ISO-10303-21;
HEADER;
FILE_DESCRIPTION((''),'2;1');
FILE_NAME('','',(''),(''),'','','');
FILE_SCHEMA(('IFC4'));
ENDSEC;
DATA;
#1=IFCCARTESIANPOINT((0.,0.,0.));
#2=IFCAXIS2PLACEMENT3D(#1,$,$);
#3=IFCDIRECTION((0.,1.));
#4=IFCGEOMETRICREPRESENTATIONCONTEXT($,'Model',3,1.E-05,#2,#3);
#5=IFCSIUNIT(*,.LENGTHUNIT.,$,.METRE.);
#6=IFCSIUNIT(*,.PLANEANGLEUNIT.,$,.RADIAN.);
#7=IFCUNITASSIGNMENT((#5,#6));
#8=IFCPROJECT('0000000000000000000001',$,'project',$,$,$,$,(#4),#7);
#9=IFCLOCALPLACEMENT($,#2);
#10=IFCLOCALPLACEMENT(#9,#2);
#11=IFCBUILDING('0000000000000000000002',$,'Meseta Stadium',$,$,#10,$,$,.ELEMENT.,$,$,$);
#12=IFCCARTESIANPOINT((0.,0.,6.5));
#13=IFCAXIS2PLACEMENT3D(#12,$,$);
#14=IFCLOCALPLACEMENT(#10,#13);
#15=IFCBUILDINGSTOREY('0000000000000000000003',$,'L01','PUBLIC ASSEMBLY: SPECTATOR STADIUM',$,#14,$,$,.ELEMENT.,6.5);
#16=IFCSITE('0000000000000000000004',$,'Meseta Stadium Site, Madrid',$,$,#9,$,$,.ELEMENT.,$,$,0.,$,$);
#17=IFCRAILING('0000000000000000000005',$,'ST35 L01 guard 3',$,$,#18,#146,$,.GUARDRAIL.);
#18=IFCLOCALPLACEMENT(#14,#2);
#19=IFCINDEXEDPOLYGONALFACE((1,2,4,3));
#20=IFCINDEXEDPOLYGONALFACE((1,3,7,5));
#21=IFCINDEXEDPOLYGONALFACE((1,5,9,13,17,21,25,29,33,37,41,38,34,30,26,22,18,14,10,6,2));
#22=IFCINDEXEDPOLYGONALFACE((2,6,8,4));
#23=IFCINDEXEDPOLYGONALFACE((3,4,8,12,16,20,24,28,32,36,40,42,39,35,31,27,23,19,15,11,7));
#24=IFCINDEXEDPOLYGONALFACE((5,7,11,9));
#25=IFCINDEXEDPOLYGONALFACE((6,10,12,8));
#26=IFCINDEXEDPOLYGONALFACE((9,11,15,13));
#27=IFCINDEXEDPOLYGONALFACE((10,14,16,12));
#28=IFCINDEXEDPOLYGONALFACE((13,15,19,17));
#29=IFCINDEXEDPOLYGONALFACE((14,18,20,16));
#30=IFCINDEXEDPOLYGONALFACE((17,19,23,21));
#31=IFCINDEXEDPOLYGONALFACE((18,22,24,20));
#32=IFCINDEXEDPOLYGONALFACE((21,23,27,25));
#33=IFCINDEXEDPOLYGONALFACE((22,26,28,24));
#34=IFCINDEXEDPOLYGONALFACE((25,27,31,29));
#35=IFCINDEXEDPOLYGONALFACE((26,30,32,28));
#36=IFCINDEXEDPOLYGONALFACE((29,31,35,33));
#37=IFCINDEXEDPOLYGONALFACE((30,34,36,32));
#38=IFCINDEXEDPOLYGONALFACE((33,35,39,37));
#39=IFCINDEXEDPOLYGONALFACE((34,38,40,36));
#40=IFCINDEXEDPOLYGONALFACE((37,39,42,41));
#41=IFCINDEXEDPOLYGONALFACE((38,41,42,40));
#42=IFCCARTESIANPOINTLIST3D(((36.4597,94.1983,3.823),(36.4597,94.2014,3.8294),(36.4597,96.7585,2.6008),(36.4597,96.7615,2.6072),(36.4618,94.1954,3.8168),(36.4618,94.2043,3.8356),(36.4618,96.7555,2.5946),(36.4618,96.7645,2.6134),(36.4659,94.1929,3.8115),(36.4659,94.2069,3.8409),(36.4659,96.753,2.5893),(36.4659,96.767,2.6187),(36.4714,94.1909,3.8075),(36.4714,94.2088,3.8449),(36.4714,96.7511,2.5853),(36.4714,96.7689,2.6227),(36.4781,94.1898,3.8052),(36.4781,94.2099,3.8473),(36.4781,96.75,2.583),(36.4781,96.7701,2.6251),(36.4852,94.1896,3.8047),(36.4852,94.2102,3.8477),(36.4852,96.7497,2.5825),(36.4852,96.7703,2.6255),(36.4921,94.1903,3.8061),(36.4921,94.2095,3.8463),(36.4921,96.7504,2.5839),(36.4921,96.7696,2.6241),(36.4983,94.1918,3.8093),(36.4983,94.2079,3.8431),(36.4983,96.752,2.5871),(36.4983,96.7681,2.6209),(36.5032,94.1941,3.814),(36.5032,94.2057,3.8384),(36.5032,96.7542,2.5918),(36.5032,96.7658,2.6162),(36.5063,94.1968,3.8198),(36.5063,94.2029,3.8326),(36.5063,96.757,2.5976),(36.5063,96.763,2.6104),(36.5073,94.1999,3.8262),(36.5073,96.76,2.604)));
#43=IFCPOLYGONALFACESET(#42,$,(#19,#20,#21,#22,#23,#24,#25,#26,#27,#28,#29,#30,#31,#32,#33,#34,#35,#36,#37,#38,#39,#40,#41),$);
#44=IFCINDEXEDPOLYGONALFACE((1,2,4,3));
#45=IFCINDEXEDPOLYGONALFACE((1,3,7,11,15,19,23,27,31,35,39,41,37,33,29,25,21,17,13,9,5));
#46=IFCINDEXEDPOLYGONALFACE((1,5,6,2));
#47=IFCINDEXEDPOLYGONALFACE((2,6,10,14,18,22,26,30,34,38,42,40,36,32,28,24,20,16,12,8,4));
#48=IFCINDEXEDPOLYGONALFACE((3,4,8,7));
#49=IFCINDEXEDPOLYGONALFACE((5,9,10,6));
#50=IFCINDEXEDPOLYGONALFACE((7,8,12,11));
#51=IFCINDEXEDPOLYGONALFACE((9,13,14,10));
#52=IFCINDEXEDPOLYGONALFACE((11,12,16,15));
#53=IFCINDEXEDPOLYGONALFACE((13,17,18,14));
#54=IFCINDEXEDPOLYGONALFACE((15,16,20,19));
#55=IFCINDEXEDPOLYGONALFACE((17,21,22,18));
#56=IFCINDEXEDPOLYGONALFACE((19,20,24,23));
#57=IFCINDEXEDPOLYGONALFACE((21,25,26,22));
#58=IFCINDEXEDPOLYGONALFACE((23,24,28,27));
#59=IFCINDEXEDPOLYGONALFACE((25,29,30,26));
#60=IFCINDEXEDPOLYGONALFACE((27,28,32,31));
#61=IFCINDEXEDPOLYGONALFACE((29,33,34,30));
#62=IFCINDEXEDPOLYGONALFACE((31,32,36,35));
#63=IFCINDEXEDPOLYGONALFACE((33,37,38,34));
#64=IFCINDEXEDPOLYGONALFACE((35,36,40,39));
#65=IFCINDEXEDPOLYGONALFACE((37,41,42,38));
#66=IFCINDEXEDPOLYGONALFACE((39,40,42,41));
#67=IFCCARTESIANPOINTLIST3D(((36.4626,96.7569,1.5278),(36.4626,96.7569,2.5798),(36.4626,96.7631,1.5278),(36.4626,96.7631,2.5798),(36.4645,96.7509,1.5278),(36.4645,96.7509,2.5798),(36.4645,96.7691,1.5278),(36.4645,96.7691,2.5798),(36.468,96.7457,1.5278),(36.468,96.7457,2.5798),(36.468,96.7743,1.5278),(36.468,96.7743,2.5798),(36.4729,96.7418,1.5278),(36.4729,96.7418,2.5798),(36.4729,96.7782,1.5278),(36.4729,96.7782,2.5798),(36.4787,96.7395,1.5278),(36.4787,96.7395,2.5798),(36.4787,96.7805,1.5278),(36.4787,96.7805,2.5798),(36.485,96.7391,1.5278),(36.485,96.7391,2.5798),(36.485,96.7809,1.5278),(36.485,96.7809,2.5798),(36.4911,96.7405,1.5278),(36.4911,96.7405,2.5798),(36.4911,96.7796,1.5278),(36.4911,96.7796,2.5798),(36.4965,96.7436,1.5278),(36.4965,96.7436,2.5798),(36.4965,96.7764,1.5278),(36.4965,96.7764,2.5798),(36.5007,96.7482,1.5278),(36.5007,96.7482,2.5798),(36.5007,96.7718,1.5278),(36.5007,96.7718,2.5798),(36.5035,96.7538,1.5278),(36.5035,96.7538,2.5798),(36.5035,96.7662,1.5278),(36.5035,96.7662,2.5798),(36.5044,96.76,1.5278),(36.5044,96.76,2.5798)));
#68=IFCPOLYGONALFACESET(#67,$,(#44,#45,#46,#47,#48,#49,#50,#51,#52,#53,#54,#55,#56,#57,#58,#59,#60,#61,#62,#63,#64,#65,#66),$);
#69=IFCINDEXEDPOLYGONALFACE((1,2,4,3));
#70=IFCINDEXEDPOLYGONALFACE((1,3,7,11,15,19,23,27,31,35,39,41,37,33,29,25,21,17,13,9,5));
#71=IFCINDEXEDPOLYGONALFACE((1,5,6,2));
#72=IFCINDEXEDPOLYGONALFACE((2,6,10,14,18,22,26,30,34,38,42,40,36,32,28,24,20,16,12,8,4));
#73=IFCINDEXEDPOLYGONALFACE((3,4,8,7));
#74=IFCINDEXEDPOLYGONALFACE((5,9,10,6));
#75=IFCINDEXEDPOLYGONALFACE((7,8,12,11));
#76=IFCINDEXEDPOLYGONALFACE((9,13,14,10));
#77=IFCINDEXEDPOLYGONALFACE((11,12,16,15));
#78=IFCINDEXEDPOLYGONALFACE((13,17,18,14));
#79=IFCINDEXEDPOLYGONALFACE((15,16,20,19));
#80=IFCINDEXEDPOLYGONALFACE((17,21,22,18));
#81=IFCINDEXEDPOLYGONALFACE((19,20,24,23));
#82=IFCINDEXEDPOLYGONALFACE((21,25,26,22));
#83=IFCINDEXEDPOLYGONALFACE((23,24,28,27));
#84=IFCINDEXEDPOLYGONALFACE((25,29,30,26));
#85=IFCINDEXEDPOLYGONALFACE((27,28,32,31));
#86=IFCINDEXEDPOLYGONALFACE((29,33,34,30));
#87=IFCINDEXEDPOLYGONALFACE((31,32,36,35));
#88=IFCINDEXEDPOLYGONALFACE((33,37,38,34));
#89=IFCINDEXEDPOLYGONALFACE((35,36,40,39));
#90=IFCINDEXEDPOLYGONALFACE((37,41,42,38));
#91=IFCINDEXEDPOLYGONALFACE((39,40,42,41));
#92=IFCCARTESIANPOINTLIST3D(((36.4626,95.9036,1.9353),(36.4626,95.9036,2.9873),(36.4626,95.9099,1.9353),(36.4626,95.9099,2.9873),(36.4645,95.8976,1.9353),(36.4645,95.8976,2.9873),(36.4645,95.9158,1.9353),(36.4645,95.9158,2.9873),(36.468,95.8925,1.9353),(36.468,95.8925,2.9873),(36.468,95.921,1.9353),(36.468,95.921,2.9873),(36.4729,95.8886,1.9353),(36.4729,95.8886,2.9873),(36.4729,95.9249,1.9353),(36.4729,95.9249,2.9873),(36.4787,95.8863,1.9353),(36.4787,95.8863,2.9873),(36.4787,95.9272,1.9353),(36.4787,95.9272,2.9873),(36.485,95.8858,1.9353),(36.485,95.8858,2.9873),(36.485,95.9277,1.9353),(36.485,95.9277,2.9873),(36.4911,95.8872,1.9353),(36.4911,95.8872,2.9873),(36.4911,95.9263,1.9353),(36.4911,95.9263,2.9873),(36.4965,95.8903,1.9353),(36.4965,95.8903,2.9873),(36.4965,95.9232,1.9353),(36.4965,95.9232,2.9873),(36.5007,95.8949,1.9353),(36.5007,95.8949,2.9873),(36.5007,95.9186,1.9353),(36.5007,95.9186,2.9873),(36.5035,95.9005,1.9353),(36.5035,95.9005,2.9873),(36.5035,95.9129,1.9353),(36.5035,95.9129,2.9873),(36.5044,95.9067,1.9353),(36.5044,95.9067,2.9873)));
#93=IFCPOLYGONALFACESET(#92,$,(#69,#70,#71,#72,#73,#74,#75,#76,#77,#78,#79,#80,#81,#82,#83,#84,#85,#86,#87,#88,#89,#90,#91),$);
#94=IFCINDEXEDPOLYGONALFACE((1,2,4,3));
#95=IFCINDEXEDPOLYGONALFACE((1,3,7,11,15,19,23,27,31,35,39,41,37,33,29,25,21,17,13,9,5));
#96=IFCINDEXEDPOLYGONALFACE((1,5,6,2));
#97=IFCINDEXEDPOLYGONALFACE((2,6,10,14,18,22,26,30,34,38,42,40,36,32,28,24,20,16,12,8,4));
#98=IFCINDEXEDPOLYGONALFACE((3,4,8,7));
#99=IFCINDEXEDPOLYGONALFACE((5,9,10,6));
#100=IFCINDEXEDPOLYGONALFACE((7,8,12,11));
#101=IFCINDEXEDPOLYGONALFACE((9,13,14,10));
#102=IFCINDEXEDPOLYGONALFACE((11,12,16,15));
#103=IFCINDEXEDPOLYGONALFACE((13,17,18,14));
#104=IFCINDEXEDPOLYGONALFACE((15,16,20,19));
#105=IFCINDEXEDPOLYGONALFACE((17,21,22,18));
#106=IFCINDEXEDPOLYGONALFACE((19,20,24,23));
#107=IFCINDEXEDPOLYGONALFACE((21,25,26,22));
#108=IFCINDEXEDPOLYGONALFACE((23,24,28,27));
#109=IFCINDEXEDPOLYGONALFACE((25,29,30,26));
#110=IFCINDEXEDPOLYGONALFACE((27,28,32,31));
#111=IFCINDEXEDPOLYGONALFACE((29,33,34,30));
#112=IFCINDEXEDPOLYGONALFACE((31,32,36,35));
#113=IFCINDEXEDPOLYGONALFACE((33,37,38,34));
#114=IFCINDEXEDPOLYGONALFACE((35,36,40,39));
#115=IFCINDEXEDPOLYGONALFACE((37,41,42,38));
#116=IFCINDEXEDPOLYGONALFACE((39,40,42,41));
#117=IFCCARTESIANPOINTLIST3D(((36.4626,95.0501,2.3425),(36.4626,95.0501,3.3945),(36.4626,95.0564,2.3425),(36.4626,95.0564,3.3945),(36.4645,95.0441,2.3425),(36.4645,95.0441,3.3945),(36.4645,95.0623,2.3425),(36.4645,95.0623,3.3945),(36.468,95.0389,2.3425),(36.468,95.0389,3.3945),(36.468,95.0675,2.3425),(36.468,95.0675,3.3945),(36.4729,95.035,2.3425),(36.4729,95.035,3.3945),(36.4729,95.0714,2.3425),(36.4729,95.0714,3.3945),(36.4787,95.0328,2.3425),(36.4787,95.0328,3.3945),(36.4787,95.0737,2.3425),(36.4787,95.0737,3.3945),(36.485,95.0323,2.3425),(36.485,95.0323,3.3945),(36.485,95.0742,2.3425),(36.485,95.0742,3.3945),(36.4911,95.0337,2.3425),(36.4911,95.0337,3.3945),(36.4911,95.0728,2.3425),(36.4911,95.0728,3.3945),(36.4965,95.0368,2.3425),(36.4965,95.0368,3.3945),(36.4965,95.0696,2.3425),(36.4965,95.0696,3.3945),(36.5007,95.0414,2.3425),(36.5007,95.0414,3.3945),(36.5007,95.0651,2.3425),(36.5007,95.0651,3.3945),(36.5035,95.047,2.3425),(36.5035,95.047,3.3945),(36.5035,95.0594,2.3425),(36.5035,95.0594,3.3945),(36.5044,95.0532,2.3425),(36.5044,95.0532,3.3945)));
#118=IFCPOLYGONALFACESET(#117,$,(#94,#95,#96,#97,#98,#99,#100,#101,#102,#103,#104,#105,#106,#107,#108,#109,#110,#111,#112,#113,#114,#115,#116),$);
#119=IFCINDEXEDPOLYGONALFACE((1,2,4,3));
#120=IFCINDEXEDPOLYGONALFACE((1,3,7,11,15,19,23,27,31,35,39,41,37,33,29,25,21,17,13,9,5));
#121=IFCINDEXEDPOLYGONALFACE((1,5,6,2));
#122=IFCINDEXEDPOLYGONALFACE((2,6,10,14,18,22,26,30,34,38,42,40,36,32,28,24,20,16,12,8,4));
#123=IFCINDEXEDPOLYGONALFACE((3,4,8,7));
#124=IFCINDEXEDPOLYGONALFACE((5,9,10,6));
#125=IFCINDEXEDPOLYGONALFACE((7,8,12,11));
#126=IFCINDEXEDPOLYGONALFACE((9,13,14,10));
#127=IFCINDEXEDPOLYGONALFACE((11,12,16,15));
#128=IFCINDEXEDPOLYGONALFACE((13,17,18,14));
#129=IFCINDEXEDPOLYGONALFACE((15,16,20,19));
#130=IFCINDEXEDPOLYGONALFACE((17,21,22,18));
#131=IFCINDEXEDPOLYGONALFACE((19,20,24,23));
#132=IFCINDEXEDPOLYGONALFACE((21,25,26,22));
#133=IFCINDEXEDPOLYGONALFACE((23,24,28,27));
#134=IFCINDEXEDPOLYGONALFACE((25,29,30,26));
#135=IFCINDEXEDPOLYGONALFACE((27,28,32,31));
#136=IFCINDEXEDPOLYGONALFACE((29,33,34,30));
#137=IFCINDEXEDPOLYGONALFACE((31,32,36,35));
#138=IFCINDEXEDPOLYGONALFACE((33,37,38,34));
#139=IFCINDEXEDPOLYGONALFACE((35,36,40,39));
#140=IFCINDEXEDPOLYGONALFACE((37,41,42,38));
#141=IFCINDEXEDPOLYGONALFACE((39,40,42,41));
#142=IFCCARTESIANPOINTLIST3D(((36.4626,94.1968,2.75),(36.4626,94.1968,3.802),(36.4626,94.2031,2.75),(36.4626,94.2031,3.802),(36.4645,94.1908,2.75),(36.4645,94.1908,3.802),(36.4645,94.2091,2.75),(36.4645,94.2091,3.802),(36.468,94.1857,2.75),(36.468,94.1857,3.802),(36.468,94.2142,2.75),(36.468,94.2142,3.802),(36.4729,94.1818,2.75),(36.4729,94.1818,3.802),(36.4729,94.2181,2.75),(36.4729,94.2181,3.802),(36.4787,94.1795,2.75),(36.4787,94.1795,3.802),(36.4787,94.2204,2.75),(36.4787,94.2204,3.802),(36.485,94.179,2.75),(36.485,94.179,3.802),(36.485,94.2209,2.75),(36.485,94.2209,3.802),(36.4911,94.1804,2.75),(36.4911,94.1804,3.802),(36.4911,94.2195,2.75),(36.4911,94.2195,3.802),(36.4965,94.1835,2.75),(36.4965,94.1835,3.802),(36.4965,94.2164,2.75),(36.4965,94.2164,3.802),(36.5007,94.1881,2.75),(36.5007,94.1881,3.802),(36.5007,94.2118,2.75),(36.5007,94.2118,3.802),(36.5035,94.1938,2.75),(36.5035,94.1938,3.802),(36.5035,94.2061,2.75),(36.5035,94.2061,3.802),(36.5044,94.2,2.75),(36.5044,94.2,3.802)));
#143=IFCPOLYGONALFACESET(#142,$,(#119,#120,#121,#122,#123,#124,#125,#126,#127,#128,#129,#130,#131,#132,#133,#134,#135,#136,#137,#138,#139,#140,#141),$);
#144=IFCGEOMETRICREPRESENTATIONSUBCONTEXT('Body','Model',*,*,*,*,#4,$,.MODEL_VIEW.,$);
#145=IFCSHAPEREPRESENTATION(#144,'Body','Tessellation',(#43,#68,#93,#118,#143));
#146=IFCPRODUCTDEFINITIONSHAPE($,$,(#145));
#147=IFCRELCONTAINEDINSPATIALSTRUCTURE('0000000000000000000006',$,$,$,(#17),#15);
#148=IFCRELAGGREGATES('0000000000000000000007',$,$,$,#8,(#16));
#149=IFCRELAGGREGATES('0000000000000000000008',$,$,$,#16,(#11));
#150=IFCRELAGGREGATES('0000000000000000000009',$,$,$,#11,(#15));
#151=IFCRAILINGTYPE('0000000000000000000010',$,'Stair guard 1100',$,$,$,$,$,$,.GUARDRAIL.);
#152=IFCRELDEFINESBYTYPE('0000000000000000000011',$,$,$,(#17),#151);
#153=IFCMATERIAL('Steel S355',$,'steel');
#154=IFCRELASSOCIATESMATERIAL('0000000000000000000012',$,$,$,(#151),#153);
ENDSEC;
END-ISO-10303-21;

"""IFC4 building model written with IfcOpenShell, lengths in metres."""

from ifc_helpers import new_model, si_unit, direction, frame, origin, origin_2d, place, context, subcontext, project, spatial, circle, extrude, material, type_object, element, save


model = new_model("IFC4")

# Units and contexts
model_context = context("Model", 3, precision=1e-05, world=origin(), true_north=direction((0.0, 1.0)))
body_context = subcontext(model_context, "Body", "Model", "MODEL_VIEW")
ifc_project = project(units=[si_unit("LENGTHUNIT", "METRE"), si_unit("PLANEANGLEUNIT", "RADIAN")], contexts=[model_context])

# Site, building, storey
site_placement = place(None, origin())
site = spatial("IfcSite", under=ifc_project, at=site_placement, Name="Meseta Stadium Site, Madrid", CompositionType="ELEMENT", RefElevation=0.0)
building_placement = place(site_placement, origin())
building = spatial("IfcBuilding", under=site, at=building_placement, Name="Meseta Stadium", CompositionType="ELEMENT")
storey_placement = place(building_placement, frame((0.0, 0.0, 6.5)))
storey = spatial("IfcBuildingStorey", under=building, at=storey_placement, Name="L01", Description="PUBLIC ASSEMBLY: SPECTATOR STADIUM", CompositionType="ELEMENT", Elevation=6.5)

# Railing
ifc_material_1 = material(Name="Steel S355", Category="steel")
railing_type_1 = type_object("IfcRailingType", Name="Stair guard 1100", PredefinedType="GUARDRAIL", material=ifc_material_1)
railing_1_placement = place(storey_placement, frame((36.4834, 96.76, 1.5278)))
element("IfcRailing", 1, at=railing_1_placement, inside=storey, type_object=railing_type_1, Name="ST35 L01 guard 3", PredefinedType="GUARDRAIL", context=body_context, shape_type="SweptSolid", body=[
    extrude(circle(Radius=0.0239, at=origin_2d()), frame((0.0, 0.0, 1.0762), z_axis=(0.0, -0.902437, 0.430822), x_axis=(1.0, 0.0, 0.0)), (0.0, 0.0, 1.0), 2.8369),
    extrude(circle(Radius=0.021, at=origin_2d()), origin(), (0.0, 0.0, 1.0), 1.052),
    extrude(circle(Radius=0.021, at=origin_2d()), frame((0.0, -0.8533, 0.4075)), (0.0, 0.0, 1.0), 1.052),
    extrude(circle(Radius=0.021, at=origin_2d()), frame((0.0, -1.7068, 0.8147)), (0.0, 0.0, 1.0), 1.052),
    extrude(circle(Radius=0.021, at=origin_2d()), frame((0.0, -2.5601, 1.2222)), (0.0, 0.0, 1.0), 1.052),
])

save(model, "model.ifc")
